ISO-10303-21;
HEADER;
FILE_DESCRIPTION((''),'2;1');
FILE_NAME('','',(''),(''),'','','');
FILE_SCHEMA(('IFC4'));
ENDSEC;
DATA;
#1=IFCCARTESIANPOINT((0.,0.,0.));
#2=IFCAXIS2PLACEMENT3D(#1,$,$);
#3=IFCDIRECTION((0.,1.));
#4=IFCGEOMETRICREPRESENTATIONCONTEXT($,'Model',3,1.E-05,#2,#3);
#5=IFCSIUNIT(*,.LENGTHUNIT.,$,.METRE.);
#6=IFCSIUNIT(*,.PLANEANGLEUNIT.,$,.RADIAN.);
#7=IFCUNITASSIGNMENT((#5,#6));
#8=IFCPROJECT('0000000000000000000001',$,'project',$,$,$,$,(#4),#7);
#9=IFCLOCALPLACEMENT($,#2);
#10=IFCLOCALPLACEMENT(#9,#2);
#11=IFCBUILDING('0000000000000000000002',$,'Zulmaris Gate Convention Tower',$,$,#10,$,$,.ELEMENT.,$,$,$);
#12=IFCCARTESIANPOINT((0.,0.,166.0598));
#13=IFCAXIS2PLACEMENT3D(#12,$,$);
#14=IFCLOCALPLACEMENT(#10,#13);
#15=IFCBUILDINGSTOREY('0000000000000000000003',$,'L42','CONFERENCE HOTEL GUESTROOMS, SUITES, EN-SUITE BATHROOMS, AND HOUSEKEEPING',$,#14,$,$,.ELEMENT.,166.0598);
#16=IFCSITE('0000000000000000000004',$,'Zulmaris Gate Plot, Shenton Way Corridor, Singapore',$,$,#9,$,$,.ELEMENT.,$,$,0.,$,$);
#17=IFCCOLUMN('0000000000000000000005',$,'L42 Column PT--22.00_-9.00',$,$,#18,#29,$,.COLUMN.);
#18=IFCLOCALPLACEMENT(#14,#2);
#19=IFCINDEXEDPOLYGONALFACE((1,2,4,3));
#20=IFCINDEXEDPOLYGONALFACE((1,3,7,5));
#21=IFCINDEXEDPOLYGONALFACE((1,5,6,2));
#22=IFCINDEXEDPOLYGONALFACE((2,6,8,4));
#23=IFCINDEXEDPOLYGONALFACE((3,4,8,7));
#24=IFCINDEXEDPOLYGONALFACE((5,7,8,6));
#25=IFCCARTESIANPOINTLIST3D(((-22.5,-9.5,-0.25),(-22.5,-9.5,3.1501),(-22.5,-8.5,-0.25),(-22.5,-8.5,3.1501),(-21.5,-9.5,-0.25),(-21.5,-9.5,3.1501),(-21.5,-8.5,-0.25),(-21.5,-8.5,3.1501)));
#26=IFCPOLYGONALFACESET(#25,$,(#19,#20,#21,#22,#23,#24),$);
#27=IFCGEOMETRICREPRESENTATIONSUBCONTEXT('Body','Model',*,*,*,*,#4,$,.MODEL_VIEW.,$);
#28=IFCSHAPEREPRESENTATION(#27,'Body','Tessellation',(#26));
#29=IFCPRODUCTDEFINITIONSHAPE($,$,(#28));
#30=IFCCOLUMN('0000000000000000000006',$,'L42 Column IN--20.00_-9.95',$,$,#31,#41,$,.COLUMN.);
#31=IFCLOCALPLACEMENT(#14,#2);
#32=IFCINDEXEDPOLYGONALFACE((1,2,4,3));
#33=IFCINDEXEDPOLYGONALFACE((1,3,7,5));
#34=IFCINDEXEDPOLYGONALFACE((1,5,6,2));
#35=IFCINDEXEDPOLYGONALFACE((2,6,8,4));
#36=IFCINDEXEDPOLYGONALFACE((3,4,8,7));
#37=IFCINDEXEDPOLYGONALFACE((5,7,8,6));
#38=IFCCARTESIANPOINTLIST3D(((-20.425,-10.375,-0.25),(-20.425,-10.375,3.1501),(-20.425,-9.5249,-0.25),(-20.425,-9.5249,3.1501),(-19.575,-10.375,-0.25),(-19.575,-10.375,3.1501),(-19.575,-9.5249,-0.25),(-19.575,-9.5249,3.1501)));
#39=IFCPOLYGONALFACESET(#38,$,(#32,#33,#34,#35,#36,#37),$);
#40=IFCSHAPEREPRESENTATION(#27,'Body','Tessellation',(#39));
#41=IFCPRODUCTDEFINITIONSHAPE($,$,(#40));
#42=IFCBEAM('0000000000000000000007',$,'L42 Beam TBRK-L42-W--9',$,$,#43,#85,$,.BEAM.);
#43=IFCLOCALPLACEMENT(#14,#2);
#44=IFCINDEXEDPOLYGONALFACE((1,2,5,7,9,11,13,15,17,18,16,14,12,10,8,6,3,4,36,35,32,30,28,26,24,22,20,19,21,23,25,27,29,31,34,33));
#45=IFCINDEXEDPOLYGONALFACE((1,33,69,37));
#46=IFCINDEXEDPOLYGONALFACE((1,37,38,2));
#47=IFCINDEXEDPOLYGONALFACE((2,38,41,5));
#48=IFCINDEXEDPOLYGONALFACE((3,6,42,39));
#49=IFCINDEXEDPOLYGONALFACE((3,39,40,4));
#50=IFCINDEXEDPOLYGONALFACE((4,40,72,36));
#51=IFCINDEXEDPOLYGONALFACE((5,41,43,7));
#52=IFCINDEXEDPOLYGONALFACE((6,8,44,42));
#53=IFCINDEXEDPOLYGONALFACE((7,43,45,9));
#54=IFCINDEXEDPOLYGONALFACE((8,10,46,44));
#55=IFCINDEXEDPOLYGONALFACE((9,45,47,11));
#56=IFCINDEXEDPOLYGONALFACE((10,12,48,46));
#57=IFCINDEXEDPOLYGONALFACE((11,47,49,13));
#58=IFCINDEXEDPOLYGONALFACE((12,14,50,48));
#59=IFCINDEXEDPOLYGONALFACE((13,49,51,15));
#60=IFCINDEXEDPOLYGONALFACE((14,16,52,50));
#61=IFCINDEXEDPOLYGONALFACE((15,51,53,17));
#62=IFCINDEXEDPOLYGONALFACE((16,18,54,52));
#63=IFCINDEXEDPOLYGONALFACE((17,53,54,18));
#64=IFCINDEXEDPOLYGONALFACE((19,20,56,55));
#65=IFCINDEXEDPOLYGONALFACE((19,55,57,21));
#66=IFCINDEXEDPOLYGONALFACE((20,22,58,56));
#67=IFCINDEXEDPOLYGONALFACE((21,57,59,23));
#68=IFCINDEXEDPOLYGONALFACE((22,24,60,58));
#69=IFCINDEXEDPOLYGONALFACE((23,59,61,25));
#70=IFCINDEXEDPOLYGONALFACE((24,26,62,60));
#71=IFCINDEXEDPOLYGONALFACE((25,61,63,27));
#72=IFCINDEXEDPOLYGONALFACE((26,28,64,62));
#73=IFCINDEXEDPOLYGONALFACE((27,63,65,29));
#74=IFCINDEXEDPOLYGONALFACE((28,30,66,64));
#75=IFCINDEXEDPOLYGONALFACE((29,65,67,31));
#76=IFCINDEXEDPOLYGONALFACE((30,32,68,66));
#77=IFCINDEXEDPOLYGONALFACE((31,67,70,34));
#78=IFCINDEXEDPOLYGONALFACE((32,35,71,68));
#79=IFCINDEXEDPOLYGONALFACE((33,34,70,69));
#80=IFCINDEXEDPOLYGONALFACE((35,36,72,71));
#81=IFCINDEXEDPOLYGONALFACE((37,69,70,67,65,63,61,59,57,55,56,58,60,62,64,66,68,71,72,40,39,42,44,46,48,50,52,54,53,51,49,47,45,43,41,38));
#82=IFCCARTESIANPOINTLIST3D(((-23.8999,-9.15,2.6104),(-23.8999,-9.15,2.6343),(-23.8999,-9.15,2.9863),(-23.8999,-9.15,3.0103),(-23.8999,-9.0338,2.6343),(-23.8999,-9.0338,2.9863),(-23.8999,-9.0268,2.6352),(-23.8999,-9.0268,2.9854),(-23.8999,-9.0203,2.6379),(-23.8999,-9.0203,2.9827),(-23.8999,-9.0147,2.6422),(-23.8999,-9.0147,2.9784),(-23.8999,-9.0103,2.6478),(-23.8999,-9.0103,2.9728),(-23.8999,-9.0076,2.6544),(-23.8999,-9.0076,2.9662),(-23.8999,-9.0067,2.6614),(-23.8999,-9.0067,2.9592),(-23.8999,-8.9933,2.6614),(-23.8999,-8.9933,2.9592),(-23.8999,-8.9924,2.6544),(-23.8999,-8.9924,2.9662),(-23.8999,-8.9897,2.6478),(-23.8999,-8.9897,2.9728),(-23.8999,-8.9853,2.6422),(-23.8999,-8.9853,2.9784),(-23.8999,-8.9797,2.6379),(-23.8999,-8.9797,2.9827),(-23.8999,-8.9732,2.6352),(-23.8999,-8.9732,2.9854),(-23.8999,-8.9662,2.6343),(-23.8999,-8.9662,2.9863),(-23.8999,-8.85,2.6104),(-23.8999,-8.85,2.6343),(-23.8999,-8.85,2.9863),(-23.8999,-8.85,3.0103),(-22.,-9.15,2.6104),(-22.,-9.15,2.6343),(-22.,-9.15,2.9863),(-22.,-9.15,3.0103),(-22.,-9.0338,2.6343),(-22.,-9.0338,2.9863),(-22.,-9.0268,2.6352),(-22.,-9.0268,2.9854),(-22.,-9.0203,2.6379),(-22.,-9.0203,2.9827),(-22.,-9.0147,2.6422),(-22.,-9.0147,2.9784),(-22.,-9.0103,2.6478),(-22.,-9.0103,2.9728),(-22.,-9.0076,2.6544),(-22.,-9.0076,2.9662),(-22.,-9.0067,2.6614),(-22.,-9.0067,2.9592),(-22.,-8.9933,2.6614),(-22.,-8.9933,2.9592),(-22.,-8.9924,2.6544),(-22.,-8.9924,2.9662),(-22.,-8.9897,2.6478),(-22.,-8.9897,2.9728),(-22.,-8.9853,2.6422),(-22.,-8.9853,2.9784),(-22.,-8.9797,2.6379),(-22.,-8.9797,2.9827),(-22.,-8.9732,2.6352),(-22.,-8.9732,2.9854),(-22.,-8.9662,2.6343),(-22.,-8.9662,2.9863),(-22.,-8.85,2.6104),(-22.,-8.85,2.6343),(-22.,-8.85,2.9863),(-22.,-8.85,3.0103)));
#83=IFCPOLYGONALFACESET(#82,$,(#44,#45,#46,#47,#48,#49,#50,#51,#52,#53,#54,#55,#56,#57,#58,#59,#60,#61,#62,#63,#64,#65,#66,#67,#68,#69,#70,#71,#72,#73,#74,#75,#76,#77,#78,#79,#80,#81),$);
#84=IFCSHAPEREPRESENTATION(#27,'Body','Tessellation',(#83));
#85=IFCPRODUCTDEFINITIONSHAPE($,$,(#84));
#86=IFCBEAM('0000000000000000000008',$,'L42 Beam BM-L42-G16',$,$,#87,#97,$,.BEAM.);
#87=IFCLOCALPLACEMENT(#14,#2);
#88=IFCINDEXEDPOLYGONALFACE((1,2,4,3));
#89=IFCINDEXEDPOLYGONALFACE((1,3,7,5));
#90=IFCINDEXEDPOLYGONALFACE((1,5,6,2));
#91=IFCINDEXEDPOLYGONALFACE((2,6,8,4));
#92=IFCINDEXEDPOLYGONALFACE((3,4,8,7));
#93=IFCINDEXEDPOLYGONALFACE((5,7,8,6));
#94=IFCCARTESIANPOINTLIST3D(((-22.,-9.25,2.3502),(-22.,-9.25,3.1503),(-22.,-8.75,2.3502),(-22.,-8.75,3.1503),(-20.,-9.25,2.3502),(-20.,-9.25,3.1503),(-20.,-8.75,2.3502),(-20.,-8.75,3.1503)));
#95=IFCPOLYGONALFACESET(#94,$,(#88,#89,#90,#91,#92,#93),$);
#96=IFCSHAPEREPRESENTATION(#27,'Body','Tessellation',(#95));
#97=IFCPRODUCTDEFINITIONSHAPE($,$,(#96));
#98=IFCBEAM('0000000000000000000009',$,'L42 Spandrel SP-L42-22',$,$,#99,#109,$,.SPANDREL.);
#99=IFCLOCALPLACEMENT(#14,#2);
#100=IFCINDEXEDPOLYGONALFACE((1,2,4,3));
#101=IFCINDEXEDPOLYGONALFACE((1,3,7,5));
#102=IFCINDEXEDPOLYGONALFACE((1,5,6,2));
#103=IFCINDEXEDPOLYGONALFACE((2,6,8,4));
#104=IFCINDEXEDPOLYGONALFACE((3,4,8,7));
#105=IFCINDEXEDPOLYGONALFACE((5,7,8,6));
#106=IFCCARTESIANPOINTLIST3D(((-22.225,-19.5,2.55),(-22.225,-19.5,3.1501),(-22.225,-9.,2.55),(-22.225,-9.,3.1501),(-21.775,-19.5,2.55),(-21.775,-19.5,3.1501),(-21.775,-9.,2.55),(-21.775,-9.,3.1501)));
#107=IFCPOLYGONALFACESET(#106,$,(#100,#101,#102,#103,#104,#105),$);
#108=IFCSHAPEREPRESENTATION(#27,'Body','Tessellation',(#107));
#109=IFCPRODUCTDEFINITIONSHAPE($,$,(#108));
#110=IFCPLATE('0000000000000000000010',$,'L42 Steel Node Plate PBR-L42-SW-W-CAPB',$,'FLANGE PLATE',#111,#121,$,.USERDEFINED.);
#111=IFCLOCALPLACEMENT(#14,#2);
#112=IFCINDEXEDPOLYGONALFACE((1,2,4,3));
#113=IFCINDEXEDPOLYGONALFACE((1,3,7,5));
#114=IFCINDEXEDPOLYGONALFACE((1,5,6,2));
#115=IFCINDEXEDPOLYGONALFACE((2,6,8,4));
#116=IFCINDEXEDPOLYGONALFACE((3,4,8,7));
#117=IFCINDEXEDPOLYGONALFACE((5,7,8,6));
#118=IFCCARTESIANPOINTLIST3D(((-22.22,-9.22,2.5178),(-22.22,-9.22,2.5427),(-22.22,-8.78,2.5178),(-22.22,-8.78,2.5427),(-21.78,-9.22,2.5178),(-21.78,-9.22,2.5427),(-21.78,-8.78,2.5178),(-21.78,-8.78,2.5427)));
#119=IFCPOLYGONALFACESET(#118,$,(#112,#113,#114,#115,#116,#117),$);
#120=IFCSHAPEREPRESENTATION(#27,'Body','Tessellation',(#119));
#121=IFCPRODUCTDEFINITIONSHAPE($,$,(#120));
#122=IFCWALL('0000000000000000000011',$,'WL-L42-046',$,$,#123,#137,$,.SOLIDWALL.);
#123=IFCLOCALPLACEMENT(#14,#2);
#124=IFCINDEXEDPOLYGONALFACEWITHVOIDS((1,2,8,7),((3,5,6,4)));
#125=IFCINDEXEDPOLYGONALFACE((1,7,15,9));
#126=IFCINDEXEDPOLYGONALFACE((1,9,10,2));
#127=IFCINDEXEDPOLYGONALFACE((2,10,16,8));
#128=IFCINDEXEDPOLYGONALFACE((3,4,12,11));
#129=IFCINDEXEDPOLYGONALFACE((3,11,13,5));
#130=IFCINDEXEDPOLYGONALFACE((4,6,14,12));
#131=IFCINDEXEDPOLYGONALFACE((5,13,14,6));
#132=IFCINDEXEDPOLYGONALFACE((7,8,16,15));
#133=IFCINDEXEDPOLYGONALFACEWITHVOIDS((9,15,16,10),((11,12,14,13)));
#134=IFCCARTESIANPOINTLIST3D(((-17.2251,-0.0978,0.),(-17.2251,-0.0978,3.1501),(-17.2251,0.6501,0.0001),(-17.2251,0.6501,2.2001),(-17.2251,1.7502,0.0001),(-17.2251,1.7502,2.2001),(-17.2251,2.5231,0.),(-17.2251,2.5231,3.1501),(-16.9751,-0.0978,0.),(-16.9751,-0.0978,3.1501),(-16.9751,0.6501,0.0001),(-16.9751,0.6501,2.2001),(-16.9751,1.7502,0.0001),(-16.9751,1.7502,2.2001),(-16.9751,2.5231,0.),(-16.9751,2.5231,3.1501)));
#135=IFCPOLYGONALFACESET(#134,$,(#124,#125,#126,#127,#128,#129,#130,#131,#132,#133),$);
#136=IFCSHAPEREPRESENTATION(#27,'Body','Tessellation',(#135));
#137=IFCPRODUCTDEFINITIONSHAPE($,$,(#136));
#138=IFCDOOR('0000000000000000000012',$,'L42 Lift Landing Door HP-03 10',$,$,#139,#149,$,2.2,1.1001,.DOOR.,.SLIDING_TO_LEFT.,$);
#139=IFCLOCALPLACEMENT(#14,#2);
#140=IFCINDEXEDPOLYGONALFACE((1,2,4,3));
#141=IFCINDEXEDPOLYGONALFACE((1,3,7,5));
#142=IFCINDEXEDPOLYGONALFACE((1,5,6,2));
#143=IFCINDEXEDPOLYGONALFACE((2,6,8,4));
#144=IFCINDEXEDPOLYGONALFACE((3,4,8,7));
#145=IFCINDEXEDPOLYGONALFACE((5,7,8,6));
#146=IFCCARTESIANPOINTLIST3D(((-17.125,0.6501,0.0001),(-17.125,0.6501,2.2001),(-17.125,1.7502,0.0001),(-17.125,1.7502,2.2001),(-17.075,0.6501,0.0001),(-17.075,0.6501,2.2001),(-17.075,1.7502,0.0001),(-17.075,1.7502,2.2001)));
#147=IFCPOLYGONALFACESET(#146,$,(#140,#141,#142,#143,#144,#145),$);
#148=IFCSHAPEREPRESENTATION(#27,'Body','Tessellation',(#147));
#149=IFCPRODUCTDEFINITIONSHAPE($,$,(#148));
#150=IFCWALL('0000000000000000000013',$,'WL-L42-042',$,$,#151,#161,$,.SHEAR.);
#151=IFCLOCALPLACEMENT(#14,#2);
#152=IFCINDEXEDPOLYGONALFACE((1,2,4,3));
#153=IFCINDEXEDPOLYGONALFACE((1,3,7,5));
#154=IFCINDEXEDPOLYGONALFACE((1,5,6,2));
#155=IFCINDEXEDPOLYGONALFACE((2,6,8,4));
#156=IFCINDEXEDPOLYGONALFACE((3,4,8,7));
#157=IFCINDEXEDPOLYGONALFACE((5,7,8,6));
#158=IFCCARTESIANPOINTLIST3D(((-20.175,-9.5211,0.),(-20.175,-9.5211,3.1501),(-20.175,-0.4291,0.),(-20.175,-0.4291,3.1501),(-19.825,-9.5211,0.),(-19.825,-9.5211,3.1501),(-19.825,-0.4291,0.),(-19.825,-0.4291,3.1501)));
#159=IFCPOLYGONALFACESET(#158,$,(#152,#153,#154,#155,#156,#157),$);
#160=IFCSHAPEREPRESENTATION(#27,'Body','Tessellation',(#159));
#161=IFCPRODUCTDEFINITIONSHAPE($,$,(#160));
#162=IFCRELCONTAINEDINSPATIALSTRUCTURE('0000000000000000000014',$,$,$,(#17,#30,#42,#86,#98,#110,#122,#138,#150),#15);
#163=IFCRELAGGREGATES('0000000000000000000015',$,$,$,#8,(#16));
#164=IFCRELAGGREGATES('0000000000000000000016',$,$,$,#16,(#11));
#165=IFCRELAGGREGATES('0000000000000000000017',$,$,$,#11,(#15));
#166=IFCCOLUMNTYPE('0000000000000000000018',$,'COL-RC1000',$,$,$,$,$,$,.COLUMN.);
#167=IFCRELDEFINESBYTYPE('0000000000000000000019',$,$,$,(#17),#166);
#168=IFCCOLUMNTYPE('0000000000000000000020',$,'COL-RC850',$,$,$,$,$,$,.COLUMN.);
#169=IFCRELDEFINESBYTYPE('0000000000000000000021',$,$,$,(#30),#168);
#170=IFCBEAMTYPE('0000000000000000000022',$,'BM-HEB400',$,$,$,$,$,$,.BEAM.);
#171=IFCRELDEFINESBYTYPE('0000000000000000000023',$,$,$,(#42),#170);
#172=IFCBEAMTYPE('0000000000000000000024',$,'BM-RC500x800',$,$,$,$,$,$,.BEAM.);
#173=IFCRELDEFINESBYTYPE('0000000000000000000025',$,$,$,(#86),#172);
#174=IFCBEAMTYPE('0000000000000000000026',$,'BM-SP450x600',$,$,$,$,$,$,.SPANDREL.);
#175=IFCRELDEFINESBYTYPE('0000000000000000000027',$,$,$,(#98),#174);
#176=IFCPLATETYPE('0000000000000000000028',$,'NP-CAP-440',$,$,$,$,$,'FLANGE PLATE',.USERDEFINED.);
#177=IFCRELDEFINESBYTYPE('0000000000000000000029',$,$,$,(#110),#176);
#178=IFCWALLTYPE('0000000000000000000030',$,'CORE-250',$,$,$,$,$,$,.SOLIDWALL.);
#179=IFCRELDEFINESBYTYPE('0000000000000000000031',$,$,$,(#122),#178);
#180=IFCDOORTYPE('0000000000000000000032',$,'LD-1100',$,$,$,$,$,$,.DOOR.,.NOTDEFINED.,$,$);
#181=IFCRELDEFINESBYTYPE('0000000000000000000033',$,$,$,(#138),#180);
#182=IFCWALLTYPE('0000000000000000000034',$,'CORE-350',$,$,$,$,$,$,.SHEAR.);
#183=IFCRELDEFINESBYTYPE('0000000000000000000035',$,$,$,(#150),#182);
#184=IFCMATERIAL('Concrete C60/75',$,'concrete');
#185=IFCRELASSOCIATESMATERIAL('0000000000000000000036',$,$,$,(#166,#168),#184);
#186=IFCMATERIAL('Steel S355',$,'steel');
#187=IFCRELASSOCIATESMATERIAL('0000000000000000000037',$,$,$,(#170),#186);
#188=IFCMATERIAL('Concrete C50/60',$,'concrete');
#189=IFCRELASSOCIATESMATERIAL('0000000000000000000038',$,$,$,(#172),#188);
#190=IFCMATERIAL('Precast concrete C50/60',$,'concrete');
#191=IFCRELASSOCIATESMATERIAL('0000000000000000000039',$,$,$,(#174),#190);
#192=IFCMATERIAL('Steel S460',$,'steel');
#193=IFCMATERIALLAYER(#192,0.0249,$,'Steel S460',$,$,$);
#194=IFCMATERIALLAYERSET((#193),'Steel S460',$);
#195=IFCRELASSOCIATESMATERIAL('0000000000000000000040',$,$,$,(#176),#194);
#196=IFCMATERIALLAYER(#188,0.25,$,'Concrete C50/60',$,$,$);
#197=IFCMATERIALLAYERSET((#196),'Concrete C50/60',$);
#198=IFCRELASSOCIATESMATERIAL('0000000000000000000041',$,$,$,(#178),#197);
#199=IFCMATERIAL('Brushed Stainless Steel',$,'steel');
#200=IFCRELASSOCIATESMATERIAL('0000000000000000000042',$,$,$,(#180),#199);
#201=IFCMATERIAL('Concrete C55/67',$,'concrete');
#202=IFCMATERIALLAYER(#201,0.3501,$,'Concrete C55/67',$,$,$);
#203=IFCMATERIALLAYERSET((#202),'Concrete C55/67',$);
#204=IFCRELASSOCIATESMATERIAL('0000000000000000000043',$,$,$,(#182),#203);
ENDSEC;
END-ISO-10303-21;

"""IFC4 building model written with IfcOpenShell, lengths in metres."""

from ifc_helpers import new_model, si_unit, direction, frame, frame_2d, origin, origin_2d, place, context, subcontext, project, spatial, rectangle, i_section, extrude, material, layer, layer_set, material_profile, profile_set, type_object, element, fill, save


model = new_model("IFC4")

# Units and contexts
model_context = context("Model", 3, precision=1e-05, world=origin(), true_north=direction((0.0, 1.0)))
body_context = subcontext(model_context, "Body", "Model", "MODEL_VIEW")
ifc_project = project(units=[si_unit("LENGTHUNIT", "METRE"), si_unit("PLANEANGLEUNIT", "RADIAN")], contexts=[model_context])

# Site, building, storey
site_placement = place(None, origin())
site = spatial("IfcSite", under=ifc_project, at=site_placement, Name="Zulmaris Gate Plot, Shenton Way Corridor, Singapore", CompositionType="ELEMENT", RefElevation=0.0)
building_placement = place(site_placement, origin())
building = spatial("IfcBuilding", under=site, at=building_placement, Name="Zulmaris Gate Convention Tower", CompositionType="ELEMENT")
storey_placement = place(building_placement, frame((0.0, 0.0, 166.0598)))
storey = spatial("IfcBuildingStorey", under=building, at=storey_placement, Name="L42", Description="CONFERENCE HOTEL GUESTROOMS, SUITES, EN-SUITE BATHROOMS, AND HOUSEKEEPING", CompositionType="ELEMENT", Elevation=166.0598)

# Columns
ifc_material_1 = material(Name="Concrete C60/75", Category="concrete")
ifc_material_profile_1 = material_profile(ifc_material_1, rectangle(XDim=1.0, YDim=1.0, at=origin_2d()), Name="RC COL 1000x1000")
ifc_profile_set_1 = profile_set([ifc_material_profile_1], Name="Concrete C60/75")
column_type_1 = type_object("IfcColumnType", Name="COL-RC1000", PredefinedType="COLUMN", material=ifc_profile_set_1)
column_1_placement = place(storey_placement, frame((-22.0, -9.0, -0.25), z_axis=(0.0, 0.0, 1.0), x_axis=(1.0, 0.0, 0.0)))
element("IfcColumn", 1, at=column_1_placement, inside=storey, type_object=column_type_1, Name="L42 Column PT--22.00_-9.00", PredefinedType="COLUMN", context=body_context, shape_type="SweptSolid", body=[
    extrude(rectangle(XDim=1.0, YDim=1.0, at=origin_2d()), origin(), (0.0, 0.0, 1.0), 3.4001),
])
ifc_material_profile_2 = material_profile(ifc_material_1, rectangle(XDim=0.8501, YDim=0.8501, at=origin_2d()), Name="RC COL 850x850")
ifc_profile_set_2 = profile_set([ifc_material_profile_2], Name="Concrete C60/75")
column_type_2 = type_object("IfcColumnType", Name="COL-RC850", PredefinedType="COLUMN", material=ifc_profile_set_2)
column_2_placement = place(storey_placement, frame((-20.0, -9.95, -0.25), z_axis=(0.0, 0.0, 1.0), x_axis=(1.0, 0.0, 0.0)))
element("IfcColumn", 2, at=column_2_placement, inside=storey, type_object=column_type_2, Name="L42 Column IN--20.00_-9.95", PredefinedType="COLUMN", context=body_context, shape_type="SweptSolid", body=[
    extrude(rectangle(XDim=0.8501, YDim=0.8501, at=origin_2d()), origin(), (0.0, 0.0, 1.0), 3.4001),
])

# Beams
ifc_material_2 = material(Name="Steel S355", Category="steel")
ifc_material_profile_3 = material_profile(ifc_material_2, i_section(OverallWidth=0.3, OverallDepth=0.3999, WebThickness=0.0134, FlangeThickness=0.0239, FilletRadius=0.0271, at=origin_2d()), Name="HEB 400")
ifc_profile_set_3 = profile_set([ifc_material_profile_3], Name="Steel S355")
beam_type_1 = type_object("IfcBeamType", Name="BM-HEB400", PredefinedType="BEAM", material=ifc_profile_set_3)
beam_1_placement = place(storey_placement, frame((-23.8999, -9.0, 2.8103), z_axis=(1.0, 0.0, 0.0), x_axis=(0.0, 1.0, 0.0)))
element("IfcBeam", 3, at=beam_1_placement, inside=storey, type_object=beam_type_1, Name="L42 Beam TBRK-L42-W--9", PredefinedType="BEAM", context=body_context, shape_type="SweptSolid", body=[
    extrude(i_section(OverallWidth=0.3, OverallDepth=0.3999, WebThickness=0.0134, FlangeThickness=0.0239, FilletRadius=0.0271, at=origin_2d()), origin(), (0.0, 0.0, 1.0), 1.8999),
])
ifc_material_3 = material(Name="Concrete C50/60", Category="concrete")
ifc_material_profile_4 = material_profile(ifc_material_3, rectangle(XDim=0.5, YDim=0.8, at=origin_2d()), Name="RC BEAM 500x800")
ifc_profile_set_4 = profile_set([ifc_material_profile_4], Name="Concrete C50/60")
beam_type_2 = type_object("IfcBeamType", Name="BM-RC500x800", PredefinedType="BEAM", material=ifc_profile_set_4)
beam_2_placement = place(storey_placement, frame((-22.0, -9.0, 2.7502), z_axis=(1.0, 0.0, 0.0), x_axis=(0.0, 1.0, 0.0)))
element("IfcBeam", 4, at=beam_2_placement, inside=storey, type_object=beam_type_2, Name="L42 Beam BM-L42-G16", PredefinedType="BEAM", context=body_context, shape_type="SweptSolid", body=[
    extrude(rectangle(XDim=0.5, YDim=0.8, at=origin_2d()), origin(), (0.0, 0.0, 1.0), 2.0),
])
ifc_material_4 = material(Name="Precast concrete C50/60", Category="concrete")
ifc_material_profile_5 = material_profile(ifc_material_4, rectangle(XDim=0.45, YDim=0.6001, at=origin_2d()), Name="RC SPANDREL 450x600")
ifc_profile_set_5 = profile_set([ifc_material_profile_5], Name="Precast concrete C50/60")
beam_type_3 = type_object("IfcBeamType", Name="BM-SP450x600", PredefinedType="SPANDREL", material=ifc_profile_set_5)
beam_3_placement = place(storey_placement, frame((-22.0, -9.0, 2.8501), z_axis=(0.0, -1.0, 0.0), x_axis=(1.0, 0.0, 0.0)))
element("IfcBeam", 5, at=beam_3_placement, inside=storey, type_object=beam_type_3, Name="L42 Spandrel SP-L42-22", PredefinedType="SPANDREL", context=body_context, shape_type="SweptSolid", body=[
    extrude(rectangle(XDim=0.45, YDim=0.6001, at=origin_2d()), origin(), (0.0, 0.0, 1.0), 10.5),
])

# Plate
ifc_material_5 = material(Name="Steel S460", Category="steel")
ifc_layer_1 = layer(ifc_material_5, 0.0249, Name="Steel S460")
ifc_layer_set_1 = layer_set([ifc_layer_1], Name="Steel S460")
plate_type = type_object("IfcPlateType", Name="NP-CAP-440", ElementType="FLANGE PLATE", PredefinedType="USERDEFINED", material=ifc_layer_set_1)
plate_placement = place(storey_placement, frame((-22.0, -9.0, 2.5178), z_axis=(0.0, 0.0, 1.0), x_axis=(1.0, 0.0, 0.0)))
element("IfcPlate", 6, at=plate_placement, inside=storey, type_object=plate_type, Name="L42 Steel Node Plate PBR-L42-SW-W-CAPB", ObjectType="FLANGE PLATE", PredefinedType="USERDEFINED", context=body_context, shape_type="SweptSolid", body=[
    extrude(rectangle(XDim=0.4399, YDim=0.4399, at=origin_2d()), origin(), (0.0, 0.0, 1.0), 0.0249),
])

# Wall, opening, door
ifc_layer_2 = layer(ifc_material_3, 0.25, Name="Concrete C50/60")
ifc_layer_set_2 = layer_set([ifc_layer_2], Name="Concrete C50/60")
wall_type_1 = type_object("IfcWallType", Name="CORE-250", PredefinedType="SOLIDWALL", material=ifc_layer_set_2)
wall_1_placement = place(storey_placement, frame((-17.1001, -0.0979, 0.0), z_axis=(0.0, 0.0, 1.0), x_axis=(0.0, 1.0, 0.0)))
wall_1 = element("IfcWall", 7, at=wall_1_placement, inside=storey, type_object=wall_type_1, Name="WL-L42-046", PredefinedType="SOLIDWALL", context=body_context, shape_type="SweptSolid", body=[
    extrude(rectangle(XDim=2.6208, YDim=0.25, at=frame_2d((1.3105, 0.0))), origin(), (0.0, 0.0, 1.0), 3.1501),
])
opening_1_placement = place(wall_1_placement, frame((0.748, 0.0, 0.0)))
opening_1 = element("IfcOpeningElement", 8, at=opening_1_placement, cuts=wall_1, PredefinedType="OPENING", context=body_context, shape_type="SweptSolid", body=[
    extrude(rectangle(XDim=1.1001, YDim=2.2, at=frame_2d((0.55, 1.1001))), frame((0.0, 0.135, 0.0), z_axis=(0.0, -1.0, 0.0), x_axis=(1.0, 0.0, 0.0)), (0.0, 0.0, 1.0), 0.27),
])
ifc_material_6 = material(Name="Brushed Stainless Steel", Category="steel")
door_type_1 = type_object("IfcDoorType", Name="LD-1100", OperationType="NOTDEFINED", PredefinedType="DOOR", material=ifc_material_6)
door_1_placement = place(opening_1_placement, origin())
door_1 = element("IfcDoor", 9, at=door_1_placement, inside=storey, type_object=door_type_1, Name="L42 Lift Landing Door HP-03 10", OperationType="SLIDING_TO_LEFT", OverallHeight=2.2, OverallWidth=1.1001, PredefinedType="DOOR", context=body_context, shape_type="SweptSolid", body=[
    extrude(rectangle(XDim=1.1001, YDim=2.2, at=frame_2d((0.55, 1.1001))), frame((0.0, 0.0249, 0.0), z_axis=(0.0, -1.0, 0.0), x_axis=(1.0, 0.0, 0.0)), (0.0, 0.0, 1.0), 0.05),
])
fill(opening_1, door_1)
ifc_material_7 = material(Name="Concrete C55/67", Category="concrete")
ifc_layer_3 = layer(ifc_material_7, 0.3501, Name="Concrete C55/67")
ifc_layer_set_3 = layer_set([ifc_layer_3], Name="Concrete C55/67")
wall_type_2 = type_object("IfcWallType", Name="CORE-350", PredefinedType="SHEAR", material=ifc_layer_set_3)

# Wall
wall_2_placement = place(storey_placement, frame((-20.0, -9.521, 0.0), z_axis=(0.0, 0.0, 1.0), x_axis=(0.0, 1.0, 0.0)))
element("IfcWall", 10, at=wall_2_placement, inside=storey, type_object=wall_type_2, Name="WL-L42-042", PredefinedType="SHEAR", context=body_context, shape_type="SweptSolid", body=[
    extrude(rectangle(XDim=9.092, YDim=0.3501, at=frame_2d((4.5459, 0.0))), origin(), (0.0, 0.0, 1.0), 3.1501),
])

save(model, "model.ifc")
